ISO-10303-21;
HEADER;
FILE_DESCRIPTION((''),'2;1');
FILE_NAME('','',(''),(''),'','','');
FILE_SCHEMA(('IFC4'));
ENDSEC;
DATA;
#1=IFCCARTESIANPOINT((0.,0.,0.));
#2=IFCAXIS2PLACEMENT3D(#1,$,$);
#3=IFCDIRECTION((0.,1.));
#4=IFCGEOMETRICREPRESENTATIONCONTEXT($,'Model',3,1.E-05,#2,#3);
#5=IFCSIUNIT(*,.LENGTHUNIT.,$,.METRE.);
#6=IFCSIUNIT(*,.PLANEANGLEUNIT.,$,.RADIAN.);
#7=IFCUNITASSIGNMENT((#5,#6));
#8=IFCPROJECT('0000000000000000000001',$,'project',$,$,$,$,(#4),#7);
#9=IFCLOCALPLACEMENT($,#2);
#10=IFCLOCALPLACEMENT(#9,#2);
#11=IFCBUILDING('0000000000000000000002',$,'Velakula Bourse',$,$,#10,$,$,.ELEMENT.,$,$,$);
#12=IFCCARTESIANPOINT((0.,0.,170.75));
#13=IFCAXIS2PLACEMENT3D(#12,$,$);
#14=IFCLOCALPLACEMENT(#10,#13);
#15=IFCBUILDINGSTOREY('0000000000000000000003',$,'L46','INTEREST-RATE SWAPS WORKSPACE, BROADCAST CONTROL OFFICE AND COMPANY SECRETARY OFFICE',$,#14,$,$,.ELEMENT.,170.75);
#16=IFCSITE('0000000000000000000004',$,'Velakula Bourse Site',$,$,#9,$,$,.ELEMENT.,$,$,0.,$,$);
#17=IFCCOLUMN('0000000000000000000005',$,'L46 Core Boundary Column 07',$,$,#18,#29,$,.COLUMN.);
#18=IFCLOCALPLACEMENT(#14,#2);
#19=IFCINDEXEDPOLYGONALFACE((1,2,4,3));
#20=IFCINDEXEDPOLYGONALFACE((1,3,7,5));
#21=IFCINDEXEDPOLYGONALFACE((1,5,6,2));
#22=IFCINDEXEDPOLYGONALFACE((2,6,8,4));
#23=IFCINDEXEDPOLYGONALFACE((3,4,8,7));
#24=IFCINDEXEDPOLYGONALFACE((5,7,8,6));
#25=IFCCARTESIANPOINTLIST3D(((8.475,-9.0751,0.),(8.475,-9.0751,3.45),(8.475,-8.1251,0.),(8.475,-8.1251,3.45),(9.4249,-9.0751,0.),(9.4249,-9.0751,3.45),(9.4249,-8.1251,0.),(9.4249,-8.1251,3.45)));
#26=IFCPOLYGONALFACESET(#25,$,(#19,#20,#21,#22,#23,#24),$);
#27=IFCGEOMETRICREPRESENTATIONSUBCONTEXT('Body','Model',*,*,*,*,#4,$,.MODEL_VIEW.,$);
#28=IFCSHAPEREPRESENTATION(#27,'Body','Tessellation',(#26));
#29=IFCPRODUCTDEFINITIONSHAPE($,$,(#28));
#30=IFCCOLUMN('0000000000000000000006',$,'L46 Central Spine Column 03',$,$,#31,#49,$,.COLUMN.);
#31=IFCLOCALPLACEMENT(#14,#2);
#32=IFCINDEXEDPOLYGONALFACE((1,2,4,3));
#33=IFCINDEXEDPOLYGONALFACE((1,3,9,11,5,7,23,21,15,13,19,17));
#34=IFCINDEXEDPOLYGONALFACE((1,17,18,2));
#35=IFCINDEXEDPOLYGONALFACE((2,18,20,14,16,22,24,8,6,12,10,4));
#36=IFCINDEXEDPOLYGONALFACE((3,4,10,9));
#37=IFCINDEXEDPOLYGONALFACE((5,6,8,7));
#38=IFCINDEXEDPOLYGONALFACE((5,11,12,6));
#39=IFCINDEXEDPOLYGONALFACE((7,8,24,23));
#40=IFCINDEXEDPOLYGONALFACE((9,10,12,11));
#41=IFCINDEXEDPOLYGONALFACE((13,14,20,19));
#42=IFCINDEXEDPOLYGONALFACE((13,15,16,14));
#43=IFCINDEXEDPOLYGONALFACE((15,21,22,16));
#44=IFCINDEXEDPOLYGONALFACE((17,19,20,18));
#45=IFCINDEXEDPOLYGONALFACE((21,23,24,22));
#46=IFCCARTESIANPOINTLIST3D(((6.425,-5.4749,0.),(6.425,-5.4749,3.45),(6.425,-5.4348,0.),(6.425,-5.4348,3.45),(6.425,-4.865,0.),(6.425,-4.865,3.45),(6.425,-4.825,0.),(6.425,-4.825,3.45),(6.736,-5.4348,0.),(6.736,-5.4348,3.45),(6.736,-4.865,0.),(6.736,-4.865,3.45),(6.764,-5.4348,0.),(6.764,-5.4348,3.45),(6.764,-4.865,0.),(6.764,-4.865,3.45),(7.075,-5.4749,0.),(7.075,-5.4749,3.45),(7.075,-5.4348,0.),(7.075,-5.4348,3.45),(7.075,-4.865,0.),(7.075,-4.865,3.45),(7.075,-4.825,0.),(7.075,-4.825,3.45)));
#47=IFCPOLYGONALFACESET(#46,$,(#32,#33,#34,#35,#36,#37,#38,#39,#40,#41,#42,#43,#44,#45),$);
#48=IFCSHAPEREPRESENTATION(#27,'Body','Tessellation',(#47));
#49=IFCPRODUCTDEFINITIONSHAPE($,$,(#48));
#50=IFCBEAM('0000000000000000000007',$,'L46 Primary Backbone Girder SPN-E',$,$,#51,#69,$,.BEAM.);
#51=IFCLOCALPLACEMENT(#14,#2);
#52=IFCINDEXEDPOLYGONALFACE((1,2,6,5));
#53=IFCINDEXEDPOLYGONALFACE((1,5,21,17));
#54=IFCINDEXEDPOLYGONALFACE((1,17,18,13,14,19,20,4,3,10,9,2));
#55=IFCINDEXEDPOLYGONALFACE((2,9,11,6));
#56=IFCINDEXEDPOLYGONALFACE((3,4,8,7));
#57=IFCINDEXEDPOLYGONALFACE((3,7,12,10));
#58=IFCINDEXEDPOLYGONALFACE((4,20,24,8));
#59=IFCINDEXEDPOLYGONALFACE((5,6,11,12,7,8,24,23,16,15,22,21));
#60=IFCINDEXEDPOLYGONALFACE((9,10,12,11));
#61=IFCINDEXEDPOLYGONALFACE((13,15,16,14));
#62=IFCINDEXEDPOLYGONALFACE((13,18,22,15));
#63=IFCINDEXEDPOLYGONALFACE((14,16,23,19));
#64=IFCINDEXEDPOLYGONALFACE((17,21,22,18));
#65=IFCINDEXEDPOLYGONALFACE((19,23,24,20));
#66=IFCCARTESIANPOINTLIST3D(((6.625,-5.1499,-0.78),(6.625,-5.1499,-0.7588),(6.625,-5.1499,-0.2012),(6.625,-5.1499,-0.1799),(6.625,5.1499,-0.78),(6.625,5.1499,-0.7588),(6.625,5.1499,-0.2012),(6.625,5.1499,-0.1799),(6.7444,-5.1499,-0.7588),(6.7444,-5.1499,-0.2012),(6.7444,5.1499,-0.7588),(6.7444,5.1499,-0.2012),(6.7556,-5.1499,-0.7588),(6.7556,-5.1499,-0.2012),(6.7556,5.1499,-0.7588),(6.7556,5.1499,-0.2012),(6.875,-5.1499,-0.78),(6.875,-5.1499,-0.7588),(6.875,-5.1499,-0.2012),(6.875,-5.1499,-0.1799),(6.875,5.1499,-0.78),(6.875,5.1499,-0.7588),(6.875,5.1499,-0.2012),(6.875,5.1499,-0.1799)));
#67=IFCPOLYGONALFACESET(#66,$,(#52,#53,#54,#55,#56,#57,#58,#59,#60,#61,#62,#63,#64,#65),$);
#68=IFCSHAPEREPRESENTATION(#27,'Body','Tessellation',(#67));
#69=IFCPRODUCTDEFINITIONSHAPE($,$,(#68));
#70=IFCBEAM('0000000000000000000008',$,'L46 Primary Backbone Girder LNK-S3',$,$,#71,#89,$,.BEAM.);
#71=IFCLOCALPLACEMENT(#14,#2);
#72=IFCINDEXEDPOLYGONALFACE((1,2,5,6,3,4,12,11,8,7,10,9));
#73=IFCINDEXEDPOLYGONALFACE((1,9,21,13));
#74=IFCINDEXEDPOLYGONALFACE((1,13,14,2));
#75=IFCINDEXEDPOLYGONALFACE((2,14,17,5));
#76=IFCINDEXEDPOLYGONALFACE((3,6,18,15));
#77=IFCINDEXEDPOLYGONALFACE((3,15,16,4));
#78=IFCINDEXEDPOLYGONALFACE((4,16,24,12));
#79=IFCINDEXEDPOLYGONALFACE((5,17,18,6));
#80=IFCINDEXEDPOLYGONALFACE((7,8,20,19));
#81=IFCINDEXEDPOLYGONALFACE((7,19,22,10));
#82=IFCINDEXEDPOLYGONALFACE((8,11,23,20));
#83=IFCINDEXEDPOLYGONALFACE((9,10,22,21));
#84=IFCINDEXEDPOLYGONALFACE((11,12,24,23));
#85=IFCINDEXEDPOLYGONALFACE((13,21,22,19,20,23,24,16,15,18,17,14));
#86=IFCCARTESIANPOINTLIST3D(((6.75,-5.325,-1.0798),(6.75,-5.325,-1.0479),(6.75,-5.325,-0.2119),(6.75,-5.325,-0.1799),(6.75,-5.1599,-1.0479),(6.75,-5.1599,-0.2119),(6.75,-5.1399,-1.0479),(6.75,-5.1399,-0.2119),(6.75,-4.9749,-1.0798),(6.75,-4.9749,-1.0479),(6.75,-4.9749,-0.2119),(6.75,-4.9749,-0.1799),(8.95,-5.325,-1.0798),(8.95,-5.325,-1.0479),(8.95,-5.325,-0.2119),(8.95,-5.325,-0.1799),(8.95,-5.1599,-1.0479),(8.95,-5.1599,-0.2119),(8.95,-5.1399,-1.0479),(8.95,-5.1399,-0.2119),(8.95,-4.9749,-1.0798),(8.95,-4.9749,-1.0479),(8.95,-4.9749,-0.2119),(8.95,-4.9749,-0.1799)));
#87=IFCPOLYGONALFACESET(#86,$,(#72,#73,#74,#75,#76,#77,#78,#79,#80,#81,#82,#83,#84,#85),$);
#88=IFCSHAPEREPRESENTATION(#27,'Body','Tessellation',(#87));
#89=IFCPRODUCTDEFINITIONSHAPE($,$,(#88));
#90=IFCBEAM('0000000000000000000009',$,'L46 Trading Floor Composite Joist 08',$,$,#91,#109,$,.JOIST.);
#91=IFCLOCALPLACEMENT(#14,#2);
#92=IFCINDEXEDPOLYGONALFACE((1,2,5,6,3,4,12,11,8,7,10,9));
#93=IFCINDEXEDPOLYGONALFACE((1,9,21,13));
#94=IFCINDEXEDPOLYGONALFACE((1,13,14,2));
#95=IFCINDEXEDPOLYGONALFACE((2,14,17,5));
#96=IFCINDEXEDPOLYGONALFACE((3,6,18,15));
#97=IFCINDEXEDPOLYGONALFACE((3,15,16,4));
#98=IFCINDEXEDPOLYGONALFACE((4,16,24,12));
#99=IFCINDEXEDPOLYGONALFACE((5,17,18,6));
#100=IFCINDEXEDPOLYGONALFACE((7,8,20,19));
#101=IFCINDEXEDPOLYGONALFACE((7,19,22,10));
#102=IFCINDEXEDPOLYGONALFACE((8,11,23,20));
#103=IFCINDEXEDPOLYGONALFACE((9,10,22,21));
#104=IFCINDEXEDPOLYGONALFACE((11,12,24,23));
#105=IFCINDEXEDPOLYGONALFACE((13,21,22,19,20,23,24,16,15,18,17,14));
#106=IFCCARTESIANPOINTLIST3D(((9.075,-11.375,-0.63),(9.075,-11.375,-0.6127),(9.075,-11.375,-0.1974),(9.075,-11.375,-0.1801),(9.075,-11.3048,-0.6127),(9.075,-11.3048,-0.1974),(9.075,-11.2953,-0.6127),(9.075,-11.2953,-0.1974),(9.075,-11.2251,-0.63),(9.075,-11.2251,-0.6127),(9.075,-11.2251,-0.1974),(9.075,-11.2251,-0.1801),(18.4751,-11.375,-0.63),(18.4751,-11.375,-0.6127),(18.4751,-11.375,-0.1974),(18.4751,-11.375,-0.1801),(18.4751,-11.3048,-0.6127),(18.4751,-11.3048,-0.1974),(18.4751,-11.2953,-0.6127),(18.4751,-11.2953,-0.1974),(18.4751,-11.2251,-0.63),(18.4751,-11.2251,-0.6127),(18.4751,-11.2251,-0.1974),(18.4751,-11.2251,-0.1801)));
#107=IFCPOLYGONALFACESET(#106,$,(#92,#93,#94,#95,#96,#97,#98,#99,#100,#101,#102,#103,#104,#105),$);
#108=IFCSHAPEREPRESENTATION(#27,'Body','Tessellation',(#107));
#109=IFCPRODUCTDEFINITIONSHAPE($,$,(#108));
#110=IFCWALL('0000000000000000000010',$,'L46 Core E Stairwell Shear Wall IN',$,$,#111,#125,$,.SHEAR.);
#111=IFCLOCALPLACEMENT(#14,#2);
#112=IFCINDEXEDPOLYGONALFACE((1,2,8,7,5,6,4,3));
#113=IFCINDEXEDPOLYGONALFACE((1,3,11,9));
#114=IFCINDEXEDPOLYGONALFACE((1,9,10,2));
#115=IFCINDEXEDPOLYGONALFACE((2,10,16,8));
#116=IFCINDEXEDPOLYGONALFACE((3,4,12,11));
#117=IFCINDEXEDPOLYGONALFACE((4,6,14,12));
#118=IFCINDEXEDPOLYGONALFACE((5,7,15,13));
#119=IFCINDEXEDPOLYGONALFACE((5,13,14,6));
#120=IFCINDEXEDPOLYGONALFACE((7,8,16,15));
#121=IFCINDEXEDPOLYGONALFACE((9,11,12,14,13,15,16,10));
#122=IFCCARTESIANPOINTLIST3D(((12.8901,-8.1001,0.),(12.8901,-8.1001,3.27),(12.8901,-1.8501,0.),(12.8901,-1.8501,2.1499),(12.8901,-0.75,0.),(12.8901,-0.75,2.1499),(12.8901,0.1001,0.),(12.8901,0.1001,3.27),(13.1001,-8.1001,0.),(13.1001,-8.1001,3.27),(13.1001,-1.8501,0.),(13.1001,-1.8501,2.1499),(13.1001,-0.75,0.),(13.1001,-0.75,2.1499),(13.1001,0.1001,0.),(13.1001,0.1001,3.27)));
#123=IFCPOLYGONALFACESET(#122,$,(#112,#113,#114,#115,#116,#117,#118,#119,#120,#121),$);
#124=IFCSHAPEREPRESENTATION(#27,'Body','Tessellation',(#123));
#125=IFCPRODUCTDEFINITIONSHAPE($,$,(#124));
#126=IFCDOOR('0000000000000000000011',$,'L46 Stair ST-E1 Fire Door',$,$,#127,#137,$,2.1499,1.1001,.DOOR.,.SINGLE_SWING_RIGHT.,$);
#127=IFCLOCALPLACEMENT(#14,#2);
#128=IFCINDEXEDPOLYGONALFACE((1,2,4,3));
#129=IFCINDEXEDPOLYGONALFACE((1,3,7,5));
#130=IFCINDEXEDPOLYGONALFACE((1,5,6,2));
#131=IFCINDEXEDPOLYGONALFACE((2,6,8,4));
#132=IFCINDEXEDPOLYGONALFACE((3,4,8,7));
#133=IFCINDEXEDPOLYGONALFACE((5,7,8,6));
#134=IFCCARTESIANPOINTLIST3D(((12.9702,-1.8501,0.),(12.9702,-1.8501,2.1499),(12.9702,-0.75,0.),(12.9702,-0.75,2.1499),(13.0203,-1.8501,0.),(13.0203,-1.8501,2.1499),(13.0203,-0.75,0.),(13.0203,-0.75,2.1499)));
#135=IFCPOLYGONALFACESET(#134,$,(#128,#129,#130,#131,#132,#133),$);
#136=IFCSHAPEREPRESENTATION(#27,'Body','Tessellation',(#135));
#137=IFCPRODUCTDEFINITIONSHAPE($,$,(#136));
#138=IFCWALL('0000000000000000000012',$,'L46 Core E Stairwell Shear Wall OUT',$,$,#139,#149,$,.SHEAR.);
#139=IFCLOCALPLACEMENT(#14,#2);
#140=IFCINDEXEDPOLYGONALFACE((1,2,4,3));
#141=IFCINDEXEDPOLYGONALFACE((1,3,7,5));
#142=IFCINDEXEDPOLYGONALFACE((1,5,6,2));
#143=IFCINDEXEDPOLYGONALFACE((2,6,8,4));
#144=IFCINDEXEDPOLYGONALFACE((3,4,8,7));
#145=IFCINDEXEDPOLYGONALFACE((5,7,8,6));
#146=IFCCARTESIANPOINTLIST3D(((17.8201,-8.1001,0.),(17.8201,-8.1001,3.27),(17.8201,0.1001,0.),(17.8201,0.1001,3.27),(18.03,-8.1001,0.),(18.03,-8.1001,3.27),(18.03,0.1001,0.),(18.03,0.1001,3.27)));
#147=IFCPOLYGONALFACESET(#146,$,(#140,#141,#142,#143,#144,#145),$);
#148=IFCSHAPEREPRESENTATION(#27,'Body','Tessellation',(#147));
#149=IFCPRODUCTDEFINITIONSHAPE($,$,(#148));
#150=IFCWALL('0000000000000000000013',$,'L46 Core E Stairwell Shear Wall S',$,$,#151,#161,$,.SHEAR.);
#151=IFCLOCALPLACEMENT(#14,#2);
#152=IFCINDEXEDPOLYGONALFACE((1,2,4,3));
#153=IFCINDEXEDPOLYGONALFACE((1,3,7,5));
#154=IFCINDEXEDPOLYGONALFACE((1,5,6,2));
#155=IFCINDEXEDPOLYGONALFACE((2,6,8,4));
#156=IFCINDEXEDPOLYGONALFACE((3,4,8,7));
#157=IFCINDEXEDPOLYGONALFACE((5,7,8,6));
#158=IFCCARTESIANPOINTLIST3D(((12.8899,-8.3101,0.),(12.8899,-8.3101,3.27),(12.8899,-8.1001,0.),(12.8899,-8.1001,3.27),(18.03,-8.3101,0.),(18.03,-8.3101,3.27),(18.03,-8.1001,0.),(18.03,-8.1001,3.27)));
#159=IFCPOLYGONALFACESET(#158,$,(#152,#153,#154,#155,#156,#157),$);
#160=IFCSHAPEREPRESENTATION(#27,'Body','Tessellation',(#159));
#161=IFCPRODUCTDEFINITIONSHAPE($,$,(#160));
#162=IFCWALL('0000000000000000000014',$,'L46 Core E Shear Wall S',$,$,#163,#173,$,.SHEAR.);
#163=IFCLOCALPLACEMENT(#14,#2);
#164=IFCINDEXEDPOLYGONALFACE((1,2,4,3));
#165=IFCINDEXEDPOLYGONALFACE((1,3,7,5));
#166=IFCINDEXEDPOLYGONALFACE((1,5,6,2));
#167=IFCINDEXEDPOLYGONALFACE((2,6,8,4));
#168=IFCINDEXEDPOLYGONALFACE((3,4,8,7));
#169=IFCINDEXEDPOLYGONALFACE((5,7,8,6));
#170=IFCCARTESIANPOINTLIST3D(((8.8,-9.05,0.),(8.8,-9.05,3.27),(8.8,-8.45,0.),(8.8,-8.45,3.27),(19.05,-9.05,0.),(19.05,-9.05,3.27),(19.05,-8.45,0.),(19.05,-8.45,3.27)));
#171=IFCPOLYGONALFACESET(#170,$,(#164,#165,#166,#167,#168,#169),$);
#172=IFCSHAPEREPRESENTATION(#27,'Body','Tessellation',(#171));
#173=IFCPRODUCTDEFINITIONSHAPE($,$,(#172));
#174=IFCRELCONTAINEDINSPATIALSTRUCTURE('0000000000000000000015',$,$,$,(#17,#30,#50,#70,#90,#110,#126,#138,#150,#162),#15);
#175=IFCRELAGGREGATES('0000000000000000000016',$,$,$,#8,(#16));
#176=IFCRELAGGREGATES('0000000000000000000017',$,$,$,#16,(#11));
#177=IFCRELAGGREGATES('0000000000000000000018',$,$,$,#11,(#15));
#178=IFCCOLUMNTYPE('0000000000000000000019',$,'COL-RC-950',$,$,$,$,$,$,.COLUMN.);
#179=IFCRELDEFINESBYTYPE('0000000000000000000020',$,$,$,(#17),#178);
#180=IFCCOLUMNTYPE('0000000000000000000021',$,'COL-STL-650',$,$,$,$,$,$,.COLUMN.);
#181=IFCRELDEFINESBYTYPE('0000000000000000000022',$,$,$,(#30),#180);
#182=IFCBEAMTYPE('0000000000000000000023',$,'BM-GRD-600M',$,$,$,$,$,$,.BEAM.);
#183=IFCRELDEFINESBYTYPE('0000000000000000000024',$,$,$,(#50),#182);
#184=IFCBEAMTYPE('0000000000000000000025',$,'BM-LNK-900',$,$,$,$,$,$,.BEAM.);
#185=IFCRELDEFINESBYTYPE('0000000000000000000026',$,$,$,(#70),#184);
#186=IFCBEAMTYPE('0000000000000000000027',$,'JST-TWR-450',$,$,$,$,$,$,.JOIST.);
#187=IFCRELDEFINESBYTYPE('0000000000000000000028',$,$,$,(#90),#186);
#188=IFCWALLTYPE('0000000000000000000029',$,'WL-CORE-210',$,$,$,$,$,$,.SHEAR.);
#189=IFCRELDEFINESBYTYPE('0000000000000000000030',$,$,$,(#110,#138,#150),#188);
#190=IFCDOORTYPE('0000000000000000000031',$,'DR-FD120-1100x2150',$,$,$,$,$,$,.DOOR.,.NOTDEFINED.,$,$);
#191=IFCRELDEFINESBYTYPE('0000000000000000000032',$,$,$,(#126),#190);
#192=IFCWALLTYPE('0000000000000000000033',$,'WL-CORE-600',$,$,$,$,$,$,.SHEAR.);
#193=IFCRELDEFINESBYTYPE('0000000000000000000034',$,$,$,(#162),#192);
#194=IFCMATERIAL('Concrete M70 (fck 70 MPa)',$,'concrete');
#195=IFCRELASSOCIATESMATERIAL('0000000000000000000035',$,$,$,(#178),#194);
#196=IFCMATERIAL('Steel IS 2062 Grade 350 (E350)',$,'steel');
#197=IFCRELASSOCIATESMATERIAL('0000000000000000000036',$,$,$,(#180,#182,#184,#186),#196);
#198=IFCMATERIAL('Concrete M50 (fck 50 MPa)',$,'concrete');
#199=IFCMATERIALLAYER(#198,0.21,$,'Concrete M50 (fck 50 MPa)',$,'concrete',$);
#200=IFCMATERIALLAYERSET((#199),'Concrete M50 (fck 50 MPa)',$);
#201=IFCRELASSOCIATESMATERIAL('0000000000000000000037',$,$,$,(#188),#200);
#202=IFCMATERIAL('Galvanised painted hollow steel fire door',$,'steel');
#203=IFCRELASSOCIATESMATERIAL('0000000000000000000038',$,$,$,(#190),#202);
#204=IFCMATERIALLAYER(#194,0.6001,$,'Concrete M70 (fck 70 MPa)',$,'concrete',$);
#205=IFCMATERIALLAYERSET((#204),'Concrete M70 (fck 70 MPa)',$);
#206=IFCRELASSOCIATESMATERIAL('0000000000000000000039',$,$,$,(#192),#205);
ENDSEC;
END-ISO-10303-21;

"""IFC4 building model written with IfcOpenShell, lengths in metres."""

from ifc_helpers import new_model, si_unit, direction, frame, frame_2d, origin, origin_2d, place, context, subcontext, project, spatial, rectangle, i_section, extrude, material, layer, layer_set, material_profile, profile_set, type_object, element, fill, save


model = new_model("IFC4")

# Units and contexts
model_context = context("Model", 3, precision=1e-05, world=origin(), true_north=direction((0.0, 1.0)))
body_context = subcontext(model_context, "Body", "Model", "MODEL_VIEW")
ifc_project = project(units=[si_unit("LENGTHUNIT", "METRE"), si_unit("PLANEANGLEUNIT", "RADIAN")], contexts=[model_context])

# Site, building, storey
site_placement = place(None, origin())
site = spatial("IfcSite", under=ifc_project, at=site_placement, Name="Velakula Bourse Site", CompositionType="ELEMENT", RefElevation=0.0)
building_placement = place(site_placement, origin())
building = spatial("IfcBuilding", under=site, at=building_placement, Name="Velakula Bourse", CompositionType="ELEMENT")
storey_placement = place(building_placement, frame((0.0, 0.0, 170.75)))
storey = spatial("IfcBuildingStorey", under=building, at=storey_placement, Name="L46", Description="INTEREST-RATE SWAPS WORKSPACE, BROADCAST CONTROL OFFICE AND COMPANY SECRETARY OFFICE", CompositionType="ELEMENT", Elevation=170.75)

# Columns
ifc_material_1 = material(Name="Concrete M70 (fck 70 MPa)", Category="concrete")
ifc_material_profile_1 = material_profile(ifc_material_1, rectangle(XDim=0.95, YDim=0.95, at=origin_2d()), Name="Concrete M70 (fck 70 MPa)")
ifc_profile_set_1 = profile_set([ifc_material_profile_1], Name="Concrete M70 (fck 70 MPa)")
column_type_1 = type_object("IfcColumnType", Name="COL-RC-950", PredefinedType="COLUMN", material=ifc_profile_set_1)
column_1_placement = place(storey_placement, frame((8.95, -8.6001, 0.0), z_axis=(0.0, 0.0, 1.0), x_axis=(1.0, 0.0, 0.0)))
element("IfcColumn", 1, at=column_1_placement, inside=storey, type_object=column_type_1, Name="L46 Core Boundary Column 07", PredefinedType="COLUMN", context=body_context, shape_type="SweptSolid", body=[
    extrude(rectangle(XDim=0.95, YDim=0.95, at=origin_2d()), origin(), (0.0, 0.0, 1.0), 3.45),
])
ifc_material_2 = material(Name="Steel IS 2062 Grade 350 (E350)", Category="steel")
ifc_material_profile_2 = material_profile(ifc_material_2, i_section(OverallWidth=0.6499, OverallDepth=0.6499, WebThickness=0.0281, FlangeThickness=0.04, at=origin_2d()), Name="Steel IS 2062 Grade 350 (E350)")
ifc_profile_set_2 = profile_set([ifc_material_profile_2], Name="Steel IS 2062 Grade 350 (E350)")
column_type_2 = type_object("IfcColumnType", Name="COL-STL-650", PredefinedType="COLUMN", material=ifc_profile_set_2)
column_2_placement = place(storey_placement, frame((6.75, -5.1499, 0.0), z_axis=(0.0, 0.0, 1.0), x_axis=(1.0, 0.0, 0.0)))
element("IfcColumn", 2, at=column_2_placement, inside=storey, type_object=column_type_2, Name="L46 Central Spine Column 03", PredefinedType="COLUMN", context=body_context, shape_type="SweptSolid", body=[
    extrude(i_section(OverallWidth=0.6499, OverallDepth=0.6499, WebThickness=0.0281, FlangeThickness=0.04, at=origin_2d()), origin(), (0.0, 0.0, 1.0), 3.45),
])

# Beams
ifc_material_profile_3 = material_profile(ifc_material_2, i_section(OverallWidth=0.25, OverallDepth=0.6001, WebThickness=0.0112, FlangeThickness=0.0212, at=origin_2d()), Name="Steel IS 2062 Grade 350 (E350)")
ifc_profile_set_3 = profile_set([ifc_material_profile_3], Name="Steel IS 2062 Grade 350 (E350)")
beam_type_1 = type_object("IfcBeamType", Name="BM-GRD-600M", PredefinedType="BEAM", material=ifc_profile_set_3)
beam_1_placement = place(storey_placement, frame((6.75, -5.1499, -0.48), z_axis=(0.0, 1.0, 0.0), x_axis=(-1.0, 0.0, 0.0)))
element("IfcBeam", 3, at=beam_1_placement, inside=storey, type_object=beam_type_1, Name="L46 Primary Backbone Girder SPN-E", PredefinedType="BEAM", context=body_context, shape_type="SweptSolid", body=[
    extrude(i_section(OverallWidth=0.25, OverallDepth=0.6001, WebThickness=0.0112, FlangeThickness=0.0212, at=origin_2d()), origin(), (0.0, 0.0, 1.0), 10.2998),
])
ifc_material_profile_4 = material_profile(ifc_material_2, i_section(OverallWidth=0.3501, OverallDepth=0.8999, WebThickness=0.02, FlangeThickness=0.032, at=origin_2d()), Name="Steel IS 2062 Grade 350 (E350)")
ifc_profile_set_4 = profile_set([ifc_material_profile_4], Name="Steel IS 2062 Grade 350 (E350)")
beam_type_2 = type_object("IfcBeamType", Name="BM-LNK-900", PredefinedType="BEAM", material=ifc_profile_set_4)
beam_2_placement = place(storey_placement, frame((6.75, -5.1499, -0.6299), z_axis=(1.0, 0.0, 0.0), x_axis=(0.0, 1.0, 0.0)))
element("IfcBeam", 4, at=beam_2_placement, inside=storey, type_object=beam_type_2, Name="L46 Primary Backbone Girder LNK-S3", PredefinedType="BEAM", context=body_context, shape_type="SweptSolid", body=[
    extrude(i_section(OverallWidth=0.3501, OverallDepth=0.8999, WebThickness=0.02, FlangeThickness=0.032, at=origin_2d()), origin(), (0.0, 0.0, 1.0), 2.2),
])
ifc_material_profile_5 = material_profile(ifc_material_2, i_section(OverallWidth=0.1499, OverallDepth=0.45, WebThickness=0.0095, FlangeThickness=0.0173, at=origin_2d()), Name="Steel IS 2062 Grade 350 (E350)")
ifc_profile_set_5 = profile_set([ifc_material_profile_5], Name="Steel IS 2062 Grade 350 (E350)")
beam_type_3 = type_object("IfcBeamType", Name="JST-TWR-450", PredefinedType="JOIST", material=ifc_profile_set_5)
beam_3_placement = place(storey_placement, frame((9.075, -11.3, -0.405), z_axis=(1.0, 0.0, 0.0), x_axis=(0.0, 1.0, 0.0)))
element("IfcBeam", 5, at=beam_3_placement, inside=storey, type_object=beam_type_3, Name="L46 Trading Floor Composite Joist 08", PredefinedType="JOIST", context=body_context, shape_type="SweptSolid", body=[
    extrude(i_section(OverallWidth=0.1499, OverallDepth=0.45, WebThickness=0.0095, FlangeThickness=0.0173, at=origin_2d()), origin(), (0.0, 0.0, 1.0), 9.4001),
])

# Wall, opening, door
ifc_material_3 = material(Name="Concrete M50 (fck 50 MPa)", Category="concrete")
ifc_layer_1 = layer(ifc_material_3, 0.21, Name="Concrete M50 (fck 50 MPa)", Category="concrete")
ifc_layer_set_1 = layer_set([ifc_layer_1], Name="Concrete M50 (fck 50 MPa)")
wall_type_1 = type_object("IfcWallType", Name="WL-CORE-210", PredefinedType="SHEAR", material=ifc_layer_set_1)
wall_1_placement = place(storey_placement, frame((12.9951, -8.1001, 0.0), z_axis=(0.0, 0.0, 1.0), x_axis=(0.0, 1.0, 0.0)))
wall_1 = element("IfcWall", 6, at=wall_1_placement, inside=storey, type_object=wall_type_1, Name="L46 Core E Stairwell Shear Wall IN", PredefinedType="SHEAR", context=body_context, shape_type="SweptSolid", body=[
    extrude(rectangle(XDim=8.2002, YDim=0.21, at=frame_2d((4.1001, 0.0))), origin(), (0.0, 0.0, 1.0), 3.27),
])
opening_1_placement = place(wall_1_placement, frame((6.25, 0.0, 0.0)))
opening_1 = element("IfcOpeningElement", 7, at=opening_1_placement, cuts=wall_1, PredefinedType="OPENING", context=body_context, shape_type="SweptSolid", body=[
    extrude(rectangle(XDim=1.1001, YDim=2.1499, at=frame_2d((0.55, 1.075))), frame((0.0, 0.115, 0.0), z_axis=(0.0, -1.0, 0.0), x_axis=(1.0, 0.0, 0.0)), (0.0, 0.0, 1.0), 0.23),
])
ifc_material_4 = material(Name="Galvanised painted hollow steel fire door", Category="steel")
door_type_1 = type_object("IfcDoorType", Name="DR-FD120-1100x2150", OperationType="NOTDEFINED", PredefinedType="DOOR", material=ifc_material_4)
door_1_placement = place(opening_1_placement, origin())
door_1 = element("IfcDoor", 8, at=door_1_placement, inside=storey, type_object=door_type_1, Name="L46 Stair ST-E1 Fire Door", OperationType="SINGLE_SWING_RIGHT", OverallHeight=2.1499, OverallWidth=1.1001, PredefinedType="DOOR", context=body_context, shape_type="SweptSolid", body=[
    extrude(rectangle(XDim=1.1001, YDim=2.1499, at=frame_2d((0.55, 1.075))), frame((0.0, 0.0249, 0.0), z_axis=(0.0, -1.0, 0.0), x_axis=(1.0, 0.0, 0.0)), (0.0, 0.0, 1.0), 0.05),
])
fill(opening_1, door_1)

# Walls
wall_2_placement = place(storey_placement, frame((17.925, -8.1001, 0.0), z_axis=(0.0, 0.0, 1.0), x_axis=(0.0, 1.0, 0.0)))
element("IfcWall", 9, at=wall_2_placement, inside=storey, type_object=wall_type_1, Name="L46 Core E Stairwell Shear Wall OUT", PredefinedType="SHEAR", context=body_context, shape_type="SweptSolid", body=[
    extrude(rectangle(XDim=8.2002, YDim=0.21, at=frame_2d((4.1001, 0.0))), origin(), (0.0, 0.0, 1.0), 3.27),
])
wall_3_placement = place(storey_placement, frame((12.8899, -8.2051, 0.0), z_axis=(0.0, 0.0, 1.0), x_axis=(1.0, 0.0, 0.0)))
element("IfcWall", 10, at=wall_3_placement, inside=storey, type_object=wall_type_1, Name="L46 Core E Stairwell Shear Wall S", PredefinedType="SHEAR", context=body_context, shape_type="SweptSolid", body=[
    extrude(rectangle(XDim=5.1401, YDim=0.21, at=frame_2d((2.5701, 0.0))), origin(), (0.0, 0.0, 1.0), 3.27),
])
ifc_layer_2 = layer(ifc_material_1, 0.6001, Name="Concrete M70 (fck 70 MPa)", Category="concrete")
ifc_layer_set_2 = layer_set([ifc_layer_2], Name="Concrete M70 (fck 70 MPa)")
wall_type_2 = type_object("IfcWallType", Name="WL-CORE-600", PredefinedType="SHEAR", material=ifc_layer_set_2)
wall_4_placement = place(storey_placement, frame((8.8, -8.75, 0.0), z_axis=(0.0, 0.0, 1.0), x_axis=(1.0, 0.0, 0.0)))
element("IfcWall", 11, at=wall_4_placement, inside=storey, type_object=wall_type_2, Name="L46 Core E Shear Wall S", PredefinedType="SHEAR", context=body_context, shape_type="SweptSolid", body=[
    extrude(rectangle(XDim=10.25, YDim=0.6001, at=frame_2d((5.125, 0.0))), origin(), (0.0, 0.0, 1.0), 3.27),
])

save(model, "model.ifc")
